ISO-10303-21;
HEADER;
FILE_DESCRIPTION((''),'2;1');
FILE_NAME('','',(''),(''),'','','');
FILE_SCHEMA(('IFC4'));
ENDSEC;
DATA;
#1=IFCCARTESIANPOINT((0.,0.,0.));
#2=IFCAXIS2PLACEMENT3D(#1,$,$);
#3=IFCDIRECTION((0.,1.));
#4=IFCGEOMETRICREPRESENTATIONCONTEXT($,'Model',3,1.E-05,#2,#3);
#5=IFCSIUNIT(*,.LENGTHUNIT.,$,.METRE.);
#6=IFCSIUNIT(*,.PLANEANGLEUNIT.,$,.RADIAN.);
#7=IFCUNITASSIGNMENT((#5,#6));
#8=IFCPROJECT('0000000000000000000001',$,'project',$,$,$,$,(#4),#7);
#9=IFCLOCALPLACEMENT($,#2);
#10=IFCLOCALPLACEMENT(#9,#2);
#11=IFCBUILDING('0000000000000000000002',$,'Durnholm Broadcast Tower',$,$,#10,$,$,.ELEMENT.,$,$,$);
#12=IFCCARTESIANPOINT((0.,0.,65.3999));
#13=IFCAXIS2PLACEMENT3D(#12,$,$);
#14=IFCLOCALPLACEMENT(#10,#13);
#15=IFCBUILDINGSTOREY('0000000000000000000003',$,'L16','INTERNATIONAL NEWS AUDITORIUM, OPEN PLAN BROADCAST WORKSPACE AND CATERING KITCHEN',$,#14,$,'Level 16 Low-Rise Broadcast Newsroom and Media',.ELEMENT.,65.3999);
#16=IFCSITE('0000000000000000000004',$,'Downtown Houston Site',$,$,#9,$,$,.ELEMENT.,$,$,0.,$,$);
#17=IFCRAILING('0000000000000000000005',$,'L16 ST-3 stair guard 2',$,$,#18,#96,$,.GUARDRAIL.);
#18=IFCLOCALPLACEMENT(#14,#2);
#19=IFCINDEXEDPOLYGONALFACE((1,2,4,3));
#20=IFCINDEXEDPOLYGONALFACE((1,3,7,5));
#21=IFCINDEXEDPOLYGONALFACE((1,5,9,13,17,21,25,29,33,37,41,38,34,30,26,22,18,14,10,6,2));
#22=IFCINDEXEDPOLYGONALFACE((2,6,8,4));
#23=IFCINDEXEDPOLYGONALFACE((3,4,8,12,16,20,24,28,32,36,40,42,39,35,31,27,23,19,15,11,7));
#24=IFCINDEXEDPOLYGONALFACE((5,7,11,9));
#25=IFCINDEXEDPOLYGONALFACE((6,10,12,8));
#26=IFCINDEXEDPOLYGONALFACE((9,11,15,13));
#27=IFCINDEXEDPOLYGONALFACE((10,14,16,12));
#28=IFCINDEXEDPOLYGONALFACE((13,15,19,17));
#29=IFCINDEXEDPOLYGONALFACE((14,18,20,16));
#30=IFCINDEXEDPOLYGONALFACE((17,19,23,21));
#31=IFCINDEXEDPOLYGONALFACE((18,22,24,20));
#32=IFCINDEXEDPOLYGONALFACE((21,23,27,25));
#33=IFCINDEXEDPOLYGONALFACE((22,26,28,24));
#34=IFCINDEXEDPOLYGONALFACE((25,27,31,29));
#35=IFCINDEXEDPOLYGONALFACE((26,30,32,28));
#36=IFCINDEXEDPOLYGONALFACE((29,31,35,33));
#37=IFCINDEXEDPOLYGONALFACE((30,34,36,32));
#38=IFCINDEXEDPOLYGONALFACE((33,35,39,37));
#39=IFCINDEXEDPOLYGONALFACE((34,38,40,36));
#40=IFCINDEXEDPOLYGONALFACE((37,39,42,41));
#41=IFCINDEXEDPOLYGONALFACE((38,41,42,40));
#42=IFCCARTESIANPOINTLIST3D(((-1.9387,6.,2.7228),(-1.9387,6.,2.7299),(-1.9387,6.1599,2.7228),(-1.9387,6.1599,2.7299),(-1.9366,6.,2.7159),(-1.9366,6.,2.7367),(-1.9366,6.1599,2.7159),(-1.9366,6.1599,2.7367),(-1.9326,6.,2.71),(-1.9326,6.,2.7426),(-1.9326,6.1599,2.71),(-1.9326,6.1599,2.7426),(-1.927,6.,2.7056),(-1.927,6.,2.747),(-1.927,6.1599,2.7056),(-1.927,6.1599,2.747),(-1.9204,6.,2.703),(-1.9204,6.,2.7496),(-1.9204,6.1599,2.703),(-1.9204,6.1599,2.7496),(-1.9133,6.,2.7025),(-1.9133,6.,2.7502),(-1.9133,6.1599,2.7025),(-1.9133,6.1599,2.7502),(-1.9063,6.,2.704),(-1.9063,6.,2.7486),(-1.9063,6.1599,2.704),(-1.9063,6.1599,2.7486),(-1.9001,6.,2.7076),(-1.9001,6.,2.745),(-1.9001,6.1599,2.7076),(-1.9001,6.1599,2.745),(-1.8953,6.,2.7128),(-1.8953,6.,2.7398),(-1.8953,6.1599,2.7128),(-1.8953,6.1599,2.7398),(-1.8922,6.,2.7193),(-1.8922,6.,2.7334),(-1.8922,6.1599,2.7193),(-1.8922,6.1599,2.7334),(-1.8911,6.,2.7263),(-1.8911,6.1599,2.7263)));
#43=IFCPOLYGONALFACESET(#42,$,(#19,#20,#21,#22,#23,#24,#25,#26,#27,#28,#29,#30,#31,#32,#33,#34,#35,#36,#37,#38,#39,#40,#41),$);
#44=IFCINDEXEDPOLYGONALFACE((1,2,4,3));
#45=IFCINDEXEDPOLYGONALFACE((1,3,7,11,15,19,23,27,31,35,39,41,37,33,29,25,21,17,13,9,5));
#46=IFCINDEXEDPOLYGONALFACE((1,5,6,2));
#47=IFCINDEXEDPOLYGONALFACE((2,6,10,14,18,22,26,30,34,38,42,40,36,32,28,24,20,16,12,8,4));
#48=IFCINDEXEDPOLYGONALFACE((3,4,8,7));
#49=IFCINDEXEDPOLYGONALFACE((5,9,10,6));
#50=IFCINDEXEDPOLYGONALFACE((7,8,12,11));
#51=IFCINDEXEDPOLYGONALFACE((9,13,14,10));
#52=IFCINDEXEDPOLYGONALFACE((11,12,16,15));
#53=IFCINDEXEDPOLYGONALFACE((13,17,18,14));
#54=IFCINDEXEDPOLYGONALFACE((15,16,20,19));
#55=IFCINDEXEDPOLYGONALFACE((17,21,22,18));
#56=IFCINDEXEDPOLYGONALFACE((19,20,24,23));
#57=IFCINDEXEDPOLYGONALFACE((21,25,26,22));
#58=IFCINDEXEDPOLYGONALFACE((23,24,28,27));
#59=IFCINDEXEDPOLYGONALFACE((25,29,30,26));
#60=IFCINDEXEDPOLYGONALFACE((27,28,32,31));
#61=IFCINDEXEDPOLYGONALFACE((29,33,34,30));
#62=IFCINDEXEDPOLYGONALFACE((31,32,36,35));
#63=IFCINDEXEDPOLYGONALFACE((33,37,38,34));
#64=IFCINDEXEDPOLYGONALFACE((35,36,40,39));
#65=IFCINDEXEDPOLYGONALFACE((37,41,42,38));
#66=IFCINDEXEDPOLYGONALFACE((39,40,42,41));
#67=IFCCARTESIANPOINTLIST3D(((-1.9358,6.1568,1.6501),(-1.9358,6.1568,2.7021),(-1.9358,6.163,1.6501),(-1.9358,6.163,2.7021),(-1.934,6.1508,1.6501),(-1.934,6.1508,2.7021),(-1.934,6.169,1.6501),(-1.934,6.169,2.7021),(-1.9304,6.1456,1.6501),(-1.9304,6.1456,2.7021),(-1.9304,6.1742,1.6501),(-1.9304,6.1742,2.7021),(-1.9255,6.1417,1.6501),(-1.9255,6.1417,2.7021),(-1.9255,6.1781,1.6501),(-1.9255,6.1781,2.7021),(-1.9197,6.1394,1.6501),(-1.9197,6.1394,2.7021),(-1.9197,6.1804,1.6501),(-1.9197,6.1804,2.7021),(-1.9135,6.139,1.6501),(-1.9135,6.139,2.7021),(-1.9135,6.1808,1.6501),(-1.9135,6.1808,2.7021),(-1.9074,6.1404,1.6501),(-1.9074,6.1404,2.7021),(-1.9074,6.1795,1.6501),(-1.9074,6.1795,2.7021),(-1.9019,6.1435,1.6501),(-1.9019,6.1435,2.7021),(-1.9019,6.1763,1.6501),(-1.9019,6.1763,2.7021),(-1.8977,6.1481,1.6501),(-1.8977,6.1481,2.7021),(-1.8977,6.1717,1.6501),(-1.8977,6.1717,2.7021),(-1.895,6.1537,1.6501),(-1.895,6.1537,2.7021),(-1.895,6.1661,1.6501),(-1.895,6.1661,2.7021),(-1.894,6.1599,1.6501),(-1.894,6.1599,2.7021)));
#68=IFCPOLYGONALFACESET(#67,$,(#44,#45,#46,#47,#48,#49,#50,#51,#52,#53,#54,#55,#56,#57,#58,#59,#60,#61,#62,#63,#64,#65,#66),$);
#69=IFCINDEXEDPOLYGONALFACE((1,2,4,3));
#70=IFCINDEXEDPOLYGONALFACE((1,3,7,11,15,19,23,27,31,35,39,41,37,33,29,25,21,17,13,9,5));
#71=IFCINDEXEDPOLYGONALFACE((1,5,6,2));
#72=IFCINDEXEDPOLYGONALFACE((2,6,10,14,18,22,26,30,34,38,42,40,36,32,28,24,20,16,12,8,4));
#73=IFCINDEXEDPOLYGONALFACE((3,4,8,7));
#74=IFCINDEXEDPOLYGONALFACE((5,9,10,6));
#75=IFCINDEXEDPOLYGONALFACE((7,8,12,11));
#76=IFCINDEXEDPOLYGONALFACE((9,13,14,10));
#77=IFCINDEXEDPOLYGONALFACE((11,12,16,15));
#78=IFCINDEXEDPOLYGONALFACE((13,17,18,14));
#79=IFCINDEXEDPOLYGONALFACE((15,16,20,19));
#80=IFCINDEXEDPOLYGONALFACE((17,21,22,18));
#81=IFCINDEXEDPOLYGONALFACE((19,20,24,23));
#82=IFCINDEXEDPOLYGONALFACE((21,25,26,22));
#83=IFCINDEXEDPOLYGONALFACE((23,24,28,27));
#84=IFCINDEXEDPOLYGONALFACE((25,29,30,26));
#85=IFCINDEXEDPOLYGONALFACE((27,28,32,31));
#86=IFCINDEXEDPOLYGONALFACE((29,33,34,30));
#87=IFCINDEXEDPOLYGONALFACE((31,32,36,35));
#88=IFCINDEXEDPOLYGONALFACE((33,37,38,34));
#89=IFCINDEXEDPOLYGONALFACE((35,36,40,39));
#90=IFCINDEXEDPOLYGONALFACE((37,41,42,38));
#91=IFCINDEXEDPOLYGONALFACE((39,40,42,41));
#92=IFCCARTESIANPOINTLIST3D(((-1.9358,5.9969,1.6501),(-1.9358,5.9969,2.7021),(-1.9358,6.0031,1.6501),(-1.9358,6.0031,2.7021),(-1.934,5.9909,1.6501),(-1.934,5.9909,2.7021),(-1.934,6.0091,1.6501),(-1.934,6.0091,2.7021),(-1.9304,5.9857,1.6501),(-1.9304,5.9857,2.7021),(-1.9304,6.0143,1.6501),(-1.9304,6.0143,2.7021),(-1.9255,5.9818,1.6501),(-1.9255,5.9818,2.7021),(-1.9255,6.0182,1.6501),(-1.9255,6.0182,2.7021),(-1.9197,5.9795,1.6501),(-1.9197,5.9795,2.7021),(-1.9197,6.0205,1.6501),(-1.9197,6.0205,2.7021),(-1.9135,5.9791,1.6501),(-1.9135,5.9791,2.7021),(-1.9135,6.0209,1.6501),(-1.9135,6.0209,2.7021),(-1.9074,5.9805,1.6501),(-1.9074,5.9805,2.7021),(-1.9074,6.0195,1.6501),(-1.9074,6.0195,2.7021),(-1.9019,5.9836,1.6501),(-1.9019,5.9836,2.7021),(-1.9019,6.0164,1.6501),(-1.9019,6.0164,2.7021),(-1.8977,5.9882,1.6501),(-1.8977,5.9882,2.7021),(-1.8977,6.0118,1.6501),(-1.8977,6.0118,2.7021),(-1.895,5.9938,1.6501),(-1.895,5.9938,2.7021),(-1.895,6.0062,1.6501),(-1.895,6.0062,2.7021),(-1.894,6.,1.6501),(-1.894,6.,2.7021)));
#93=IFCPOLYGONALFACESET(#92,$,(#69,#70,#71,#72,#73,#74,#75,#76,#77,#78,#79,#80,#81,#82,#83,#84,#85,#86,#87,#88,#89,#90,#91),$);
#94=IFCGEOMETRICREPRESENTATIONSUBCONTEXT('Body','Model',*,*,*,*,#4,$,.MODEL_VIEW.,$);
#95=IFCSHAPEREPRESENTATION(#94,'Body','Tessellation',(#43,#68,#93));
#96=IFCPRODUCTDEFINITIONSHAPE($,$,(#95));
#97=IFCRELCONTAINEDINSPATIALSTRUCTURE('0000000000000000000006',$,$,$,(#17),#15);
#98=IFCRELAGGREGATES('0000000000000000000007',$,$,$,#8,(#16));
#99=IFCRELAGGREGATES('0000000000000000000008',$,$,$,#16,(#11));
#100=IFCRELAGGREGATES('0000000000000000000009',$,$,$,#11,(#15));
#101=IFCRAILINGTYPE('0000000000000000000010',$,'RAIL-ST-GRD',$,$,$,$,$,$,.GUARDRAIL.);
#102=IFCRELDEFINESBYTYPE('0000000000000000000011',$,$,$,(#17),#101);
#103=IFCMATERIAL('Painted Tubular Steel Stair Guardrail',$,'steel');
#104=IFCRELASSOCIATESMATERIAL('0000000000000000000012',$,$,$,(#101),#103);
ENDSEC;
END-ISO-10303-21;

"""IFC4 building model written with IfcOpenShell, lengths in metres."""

from ifc_helpers import new_model, si_unit, direction, frame, origin, origin_2d, place, context, subcontext, project, spatial, circle, extrude, material, type_object, element, save


model = new_model("IFC4")

# Units and contexts
model_context = context("Model", 3, precision=1e-05, world=origin(), true_north=direction((0.0, 1.0)))
body_context = subcontext(model_context, "Body", "Model", "MODEL_VIEW")
ifc_project = project(units=[si_unit("LENGTHUNIT", "METRE"), si_unit("PLANEANGLEUNIT", "RADIAN")], contexts=[model_context])

# Site, building, storey
site_placement = place(None, origin())
site = spatial("IfcSite", under=ifc_project, at=site_placement, Name="Downtown Houston Site", CompositionType="ELEMENT", RefElevation=0.0)
building_placement = place(site_placement, origin())
building = spatial("IfcBuilding", under=site, at=building_placement, Name="Durnholm Broadcast Tower", CompositionType="ELEMENT")
storey_placement = place(building_placement, frame((0.0, 0.0, 65.3999)))
storey = spatial("IfcBuildingStorey", under=building, at=storey_placement, Name="L16", Description="INTERNATIONAL NEWS AUDITORIUM, OPEN PLAN BROADCAST WORKSPACE AND CATERING KITCHEN", LongName="Level 16 Low-Rise Broadcast Newsroom and Media", CompositionType="ELEMENT", Elevation=65.3999)

# Railing
ifc_material_1 = material(Name="Painted Tubular Steel Stair Guardrail", Category="steel")
railing_type = type_object("IfcRailingType", Name="RAIL-ST-GRD", PredefinedType="GUARDRAIL", material=ifc_material_1)
railing_1_placement = place(storey_placement, frame((-1.915, 6.1599, 1.6501)))
element("IfcRailing", 1, at=railing_1_placement, inside=storey, type_object=railing_type, Name="L16 ST-3 stair guard 2", PredefinedType="GUARDRAIL", context=body_context, shape_type="SweptSolid", body=[
    extrude(circle(Radius=0.0239, at=origin_2d()), frame((0.0, 0.0, 1.0762), z_axis=(0.0, -1.0, 0.0), x_axis=(1.0, 0.0, 0.0)), (0.0, 0.0, 1.0), 0.1599),
    extrude(circle(Radius=0.021, at=origin_2d()), origin(), (0.0, 0.0, 1.0), 1.052),
    extrude(circle(Radius=0.021, at=origin_2d()), frame((0.0, -0.1599, 0.0)), (0.0, 0.0, 1.0), 1.052),
])

save(model, "model.ifc")
